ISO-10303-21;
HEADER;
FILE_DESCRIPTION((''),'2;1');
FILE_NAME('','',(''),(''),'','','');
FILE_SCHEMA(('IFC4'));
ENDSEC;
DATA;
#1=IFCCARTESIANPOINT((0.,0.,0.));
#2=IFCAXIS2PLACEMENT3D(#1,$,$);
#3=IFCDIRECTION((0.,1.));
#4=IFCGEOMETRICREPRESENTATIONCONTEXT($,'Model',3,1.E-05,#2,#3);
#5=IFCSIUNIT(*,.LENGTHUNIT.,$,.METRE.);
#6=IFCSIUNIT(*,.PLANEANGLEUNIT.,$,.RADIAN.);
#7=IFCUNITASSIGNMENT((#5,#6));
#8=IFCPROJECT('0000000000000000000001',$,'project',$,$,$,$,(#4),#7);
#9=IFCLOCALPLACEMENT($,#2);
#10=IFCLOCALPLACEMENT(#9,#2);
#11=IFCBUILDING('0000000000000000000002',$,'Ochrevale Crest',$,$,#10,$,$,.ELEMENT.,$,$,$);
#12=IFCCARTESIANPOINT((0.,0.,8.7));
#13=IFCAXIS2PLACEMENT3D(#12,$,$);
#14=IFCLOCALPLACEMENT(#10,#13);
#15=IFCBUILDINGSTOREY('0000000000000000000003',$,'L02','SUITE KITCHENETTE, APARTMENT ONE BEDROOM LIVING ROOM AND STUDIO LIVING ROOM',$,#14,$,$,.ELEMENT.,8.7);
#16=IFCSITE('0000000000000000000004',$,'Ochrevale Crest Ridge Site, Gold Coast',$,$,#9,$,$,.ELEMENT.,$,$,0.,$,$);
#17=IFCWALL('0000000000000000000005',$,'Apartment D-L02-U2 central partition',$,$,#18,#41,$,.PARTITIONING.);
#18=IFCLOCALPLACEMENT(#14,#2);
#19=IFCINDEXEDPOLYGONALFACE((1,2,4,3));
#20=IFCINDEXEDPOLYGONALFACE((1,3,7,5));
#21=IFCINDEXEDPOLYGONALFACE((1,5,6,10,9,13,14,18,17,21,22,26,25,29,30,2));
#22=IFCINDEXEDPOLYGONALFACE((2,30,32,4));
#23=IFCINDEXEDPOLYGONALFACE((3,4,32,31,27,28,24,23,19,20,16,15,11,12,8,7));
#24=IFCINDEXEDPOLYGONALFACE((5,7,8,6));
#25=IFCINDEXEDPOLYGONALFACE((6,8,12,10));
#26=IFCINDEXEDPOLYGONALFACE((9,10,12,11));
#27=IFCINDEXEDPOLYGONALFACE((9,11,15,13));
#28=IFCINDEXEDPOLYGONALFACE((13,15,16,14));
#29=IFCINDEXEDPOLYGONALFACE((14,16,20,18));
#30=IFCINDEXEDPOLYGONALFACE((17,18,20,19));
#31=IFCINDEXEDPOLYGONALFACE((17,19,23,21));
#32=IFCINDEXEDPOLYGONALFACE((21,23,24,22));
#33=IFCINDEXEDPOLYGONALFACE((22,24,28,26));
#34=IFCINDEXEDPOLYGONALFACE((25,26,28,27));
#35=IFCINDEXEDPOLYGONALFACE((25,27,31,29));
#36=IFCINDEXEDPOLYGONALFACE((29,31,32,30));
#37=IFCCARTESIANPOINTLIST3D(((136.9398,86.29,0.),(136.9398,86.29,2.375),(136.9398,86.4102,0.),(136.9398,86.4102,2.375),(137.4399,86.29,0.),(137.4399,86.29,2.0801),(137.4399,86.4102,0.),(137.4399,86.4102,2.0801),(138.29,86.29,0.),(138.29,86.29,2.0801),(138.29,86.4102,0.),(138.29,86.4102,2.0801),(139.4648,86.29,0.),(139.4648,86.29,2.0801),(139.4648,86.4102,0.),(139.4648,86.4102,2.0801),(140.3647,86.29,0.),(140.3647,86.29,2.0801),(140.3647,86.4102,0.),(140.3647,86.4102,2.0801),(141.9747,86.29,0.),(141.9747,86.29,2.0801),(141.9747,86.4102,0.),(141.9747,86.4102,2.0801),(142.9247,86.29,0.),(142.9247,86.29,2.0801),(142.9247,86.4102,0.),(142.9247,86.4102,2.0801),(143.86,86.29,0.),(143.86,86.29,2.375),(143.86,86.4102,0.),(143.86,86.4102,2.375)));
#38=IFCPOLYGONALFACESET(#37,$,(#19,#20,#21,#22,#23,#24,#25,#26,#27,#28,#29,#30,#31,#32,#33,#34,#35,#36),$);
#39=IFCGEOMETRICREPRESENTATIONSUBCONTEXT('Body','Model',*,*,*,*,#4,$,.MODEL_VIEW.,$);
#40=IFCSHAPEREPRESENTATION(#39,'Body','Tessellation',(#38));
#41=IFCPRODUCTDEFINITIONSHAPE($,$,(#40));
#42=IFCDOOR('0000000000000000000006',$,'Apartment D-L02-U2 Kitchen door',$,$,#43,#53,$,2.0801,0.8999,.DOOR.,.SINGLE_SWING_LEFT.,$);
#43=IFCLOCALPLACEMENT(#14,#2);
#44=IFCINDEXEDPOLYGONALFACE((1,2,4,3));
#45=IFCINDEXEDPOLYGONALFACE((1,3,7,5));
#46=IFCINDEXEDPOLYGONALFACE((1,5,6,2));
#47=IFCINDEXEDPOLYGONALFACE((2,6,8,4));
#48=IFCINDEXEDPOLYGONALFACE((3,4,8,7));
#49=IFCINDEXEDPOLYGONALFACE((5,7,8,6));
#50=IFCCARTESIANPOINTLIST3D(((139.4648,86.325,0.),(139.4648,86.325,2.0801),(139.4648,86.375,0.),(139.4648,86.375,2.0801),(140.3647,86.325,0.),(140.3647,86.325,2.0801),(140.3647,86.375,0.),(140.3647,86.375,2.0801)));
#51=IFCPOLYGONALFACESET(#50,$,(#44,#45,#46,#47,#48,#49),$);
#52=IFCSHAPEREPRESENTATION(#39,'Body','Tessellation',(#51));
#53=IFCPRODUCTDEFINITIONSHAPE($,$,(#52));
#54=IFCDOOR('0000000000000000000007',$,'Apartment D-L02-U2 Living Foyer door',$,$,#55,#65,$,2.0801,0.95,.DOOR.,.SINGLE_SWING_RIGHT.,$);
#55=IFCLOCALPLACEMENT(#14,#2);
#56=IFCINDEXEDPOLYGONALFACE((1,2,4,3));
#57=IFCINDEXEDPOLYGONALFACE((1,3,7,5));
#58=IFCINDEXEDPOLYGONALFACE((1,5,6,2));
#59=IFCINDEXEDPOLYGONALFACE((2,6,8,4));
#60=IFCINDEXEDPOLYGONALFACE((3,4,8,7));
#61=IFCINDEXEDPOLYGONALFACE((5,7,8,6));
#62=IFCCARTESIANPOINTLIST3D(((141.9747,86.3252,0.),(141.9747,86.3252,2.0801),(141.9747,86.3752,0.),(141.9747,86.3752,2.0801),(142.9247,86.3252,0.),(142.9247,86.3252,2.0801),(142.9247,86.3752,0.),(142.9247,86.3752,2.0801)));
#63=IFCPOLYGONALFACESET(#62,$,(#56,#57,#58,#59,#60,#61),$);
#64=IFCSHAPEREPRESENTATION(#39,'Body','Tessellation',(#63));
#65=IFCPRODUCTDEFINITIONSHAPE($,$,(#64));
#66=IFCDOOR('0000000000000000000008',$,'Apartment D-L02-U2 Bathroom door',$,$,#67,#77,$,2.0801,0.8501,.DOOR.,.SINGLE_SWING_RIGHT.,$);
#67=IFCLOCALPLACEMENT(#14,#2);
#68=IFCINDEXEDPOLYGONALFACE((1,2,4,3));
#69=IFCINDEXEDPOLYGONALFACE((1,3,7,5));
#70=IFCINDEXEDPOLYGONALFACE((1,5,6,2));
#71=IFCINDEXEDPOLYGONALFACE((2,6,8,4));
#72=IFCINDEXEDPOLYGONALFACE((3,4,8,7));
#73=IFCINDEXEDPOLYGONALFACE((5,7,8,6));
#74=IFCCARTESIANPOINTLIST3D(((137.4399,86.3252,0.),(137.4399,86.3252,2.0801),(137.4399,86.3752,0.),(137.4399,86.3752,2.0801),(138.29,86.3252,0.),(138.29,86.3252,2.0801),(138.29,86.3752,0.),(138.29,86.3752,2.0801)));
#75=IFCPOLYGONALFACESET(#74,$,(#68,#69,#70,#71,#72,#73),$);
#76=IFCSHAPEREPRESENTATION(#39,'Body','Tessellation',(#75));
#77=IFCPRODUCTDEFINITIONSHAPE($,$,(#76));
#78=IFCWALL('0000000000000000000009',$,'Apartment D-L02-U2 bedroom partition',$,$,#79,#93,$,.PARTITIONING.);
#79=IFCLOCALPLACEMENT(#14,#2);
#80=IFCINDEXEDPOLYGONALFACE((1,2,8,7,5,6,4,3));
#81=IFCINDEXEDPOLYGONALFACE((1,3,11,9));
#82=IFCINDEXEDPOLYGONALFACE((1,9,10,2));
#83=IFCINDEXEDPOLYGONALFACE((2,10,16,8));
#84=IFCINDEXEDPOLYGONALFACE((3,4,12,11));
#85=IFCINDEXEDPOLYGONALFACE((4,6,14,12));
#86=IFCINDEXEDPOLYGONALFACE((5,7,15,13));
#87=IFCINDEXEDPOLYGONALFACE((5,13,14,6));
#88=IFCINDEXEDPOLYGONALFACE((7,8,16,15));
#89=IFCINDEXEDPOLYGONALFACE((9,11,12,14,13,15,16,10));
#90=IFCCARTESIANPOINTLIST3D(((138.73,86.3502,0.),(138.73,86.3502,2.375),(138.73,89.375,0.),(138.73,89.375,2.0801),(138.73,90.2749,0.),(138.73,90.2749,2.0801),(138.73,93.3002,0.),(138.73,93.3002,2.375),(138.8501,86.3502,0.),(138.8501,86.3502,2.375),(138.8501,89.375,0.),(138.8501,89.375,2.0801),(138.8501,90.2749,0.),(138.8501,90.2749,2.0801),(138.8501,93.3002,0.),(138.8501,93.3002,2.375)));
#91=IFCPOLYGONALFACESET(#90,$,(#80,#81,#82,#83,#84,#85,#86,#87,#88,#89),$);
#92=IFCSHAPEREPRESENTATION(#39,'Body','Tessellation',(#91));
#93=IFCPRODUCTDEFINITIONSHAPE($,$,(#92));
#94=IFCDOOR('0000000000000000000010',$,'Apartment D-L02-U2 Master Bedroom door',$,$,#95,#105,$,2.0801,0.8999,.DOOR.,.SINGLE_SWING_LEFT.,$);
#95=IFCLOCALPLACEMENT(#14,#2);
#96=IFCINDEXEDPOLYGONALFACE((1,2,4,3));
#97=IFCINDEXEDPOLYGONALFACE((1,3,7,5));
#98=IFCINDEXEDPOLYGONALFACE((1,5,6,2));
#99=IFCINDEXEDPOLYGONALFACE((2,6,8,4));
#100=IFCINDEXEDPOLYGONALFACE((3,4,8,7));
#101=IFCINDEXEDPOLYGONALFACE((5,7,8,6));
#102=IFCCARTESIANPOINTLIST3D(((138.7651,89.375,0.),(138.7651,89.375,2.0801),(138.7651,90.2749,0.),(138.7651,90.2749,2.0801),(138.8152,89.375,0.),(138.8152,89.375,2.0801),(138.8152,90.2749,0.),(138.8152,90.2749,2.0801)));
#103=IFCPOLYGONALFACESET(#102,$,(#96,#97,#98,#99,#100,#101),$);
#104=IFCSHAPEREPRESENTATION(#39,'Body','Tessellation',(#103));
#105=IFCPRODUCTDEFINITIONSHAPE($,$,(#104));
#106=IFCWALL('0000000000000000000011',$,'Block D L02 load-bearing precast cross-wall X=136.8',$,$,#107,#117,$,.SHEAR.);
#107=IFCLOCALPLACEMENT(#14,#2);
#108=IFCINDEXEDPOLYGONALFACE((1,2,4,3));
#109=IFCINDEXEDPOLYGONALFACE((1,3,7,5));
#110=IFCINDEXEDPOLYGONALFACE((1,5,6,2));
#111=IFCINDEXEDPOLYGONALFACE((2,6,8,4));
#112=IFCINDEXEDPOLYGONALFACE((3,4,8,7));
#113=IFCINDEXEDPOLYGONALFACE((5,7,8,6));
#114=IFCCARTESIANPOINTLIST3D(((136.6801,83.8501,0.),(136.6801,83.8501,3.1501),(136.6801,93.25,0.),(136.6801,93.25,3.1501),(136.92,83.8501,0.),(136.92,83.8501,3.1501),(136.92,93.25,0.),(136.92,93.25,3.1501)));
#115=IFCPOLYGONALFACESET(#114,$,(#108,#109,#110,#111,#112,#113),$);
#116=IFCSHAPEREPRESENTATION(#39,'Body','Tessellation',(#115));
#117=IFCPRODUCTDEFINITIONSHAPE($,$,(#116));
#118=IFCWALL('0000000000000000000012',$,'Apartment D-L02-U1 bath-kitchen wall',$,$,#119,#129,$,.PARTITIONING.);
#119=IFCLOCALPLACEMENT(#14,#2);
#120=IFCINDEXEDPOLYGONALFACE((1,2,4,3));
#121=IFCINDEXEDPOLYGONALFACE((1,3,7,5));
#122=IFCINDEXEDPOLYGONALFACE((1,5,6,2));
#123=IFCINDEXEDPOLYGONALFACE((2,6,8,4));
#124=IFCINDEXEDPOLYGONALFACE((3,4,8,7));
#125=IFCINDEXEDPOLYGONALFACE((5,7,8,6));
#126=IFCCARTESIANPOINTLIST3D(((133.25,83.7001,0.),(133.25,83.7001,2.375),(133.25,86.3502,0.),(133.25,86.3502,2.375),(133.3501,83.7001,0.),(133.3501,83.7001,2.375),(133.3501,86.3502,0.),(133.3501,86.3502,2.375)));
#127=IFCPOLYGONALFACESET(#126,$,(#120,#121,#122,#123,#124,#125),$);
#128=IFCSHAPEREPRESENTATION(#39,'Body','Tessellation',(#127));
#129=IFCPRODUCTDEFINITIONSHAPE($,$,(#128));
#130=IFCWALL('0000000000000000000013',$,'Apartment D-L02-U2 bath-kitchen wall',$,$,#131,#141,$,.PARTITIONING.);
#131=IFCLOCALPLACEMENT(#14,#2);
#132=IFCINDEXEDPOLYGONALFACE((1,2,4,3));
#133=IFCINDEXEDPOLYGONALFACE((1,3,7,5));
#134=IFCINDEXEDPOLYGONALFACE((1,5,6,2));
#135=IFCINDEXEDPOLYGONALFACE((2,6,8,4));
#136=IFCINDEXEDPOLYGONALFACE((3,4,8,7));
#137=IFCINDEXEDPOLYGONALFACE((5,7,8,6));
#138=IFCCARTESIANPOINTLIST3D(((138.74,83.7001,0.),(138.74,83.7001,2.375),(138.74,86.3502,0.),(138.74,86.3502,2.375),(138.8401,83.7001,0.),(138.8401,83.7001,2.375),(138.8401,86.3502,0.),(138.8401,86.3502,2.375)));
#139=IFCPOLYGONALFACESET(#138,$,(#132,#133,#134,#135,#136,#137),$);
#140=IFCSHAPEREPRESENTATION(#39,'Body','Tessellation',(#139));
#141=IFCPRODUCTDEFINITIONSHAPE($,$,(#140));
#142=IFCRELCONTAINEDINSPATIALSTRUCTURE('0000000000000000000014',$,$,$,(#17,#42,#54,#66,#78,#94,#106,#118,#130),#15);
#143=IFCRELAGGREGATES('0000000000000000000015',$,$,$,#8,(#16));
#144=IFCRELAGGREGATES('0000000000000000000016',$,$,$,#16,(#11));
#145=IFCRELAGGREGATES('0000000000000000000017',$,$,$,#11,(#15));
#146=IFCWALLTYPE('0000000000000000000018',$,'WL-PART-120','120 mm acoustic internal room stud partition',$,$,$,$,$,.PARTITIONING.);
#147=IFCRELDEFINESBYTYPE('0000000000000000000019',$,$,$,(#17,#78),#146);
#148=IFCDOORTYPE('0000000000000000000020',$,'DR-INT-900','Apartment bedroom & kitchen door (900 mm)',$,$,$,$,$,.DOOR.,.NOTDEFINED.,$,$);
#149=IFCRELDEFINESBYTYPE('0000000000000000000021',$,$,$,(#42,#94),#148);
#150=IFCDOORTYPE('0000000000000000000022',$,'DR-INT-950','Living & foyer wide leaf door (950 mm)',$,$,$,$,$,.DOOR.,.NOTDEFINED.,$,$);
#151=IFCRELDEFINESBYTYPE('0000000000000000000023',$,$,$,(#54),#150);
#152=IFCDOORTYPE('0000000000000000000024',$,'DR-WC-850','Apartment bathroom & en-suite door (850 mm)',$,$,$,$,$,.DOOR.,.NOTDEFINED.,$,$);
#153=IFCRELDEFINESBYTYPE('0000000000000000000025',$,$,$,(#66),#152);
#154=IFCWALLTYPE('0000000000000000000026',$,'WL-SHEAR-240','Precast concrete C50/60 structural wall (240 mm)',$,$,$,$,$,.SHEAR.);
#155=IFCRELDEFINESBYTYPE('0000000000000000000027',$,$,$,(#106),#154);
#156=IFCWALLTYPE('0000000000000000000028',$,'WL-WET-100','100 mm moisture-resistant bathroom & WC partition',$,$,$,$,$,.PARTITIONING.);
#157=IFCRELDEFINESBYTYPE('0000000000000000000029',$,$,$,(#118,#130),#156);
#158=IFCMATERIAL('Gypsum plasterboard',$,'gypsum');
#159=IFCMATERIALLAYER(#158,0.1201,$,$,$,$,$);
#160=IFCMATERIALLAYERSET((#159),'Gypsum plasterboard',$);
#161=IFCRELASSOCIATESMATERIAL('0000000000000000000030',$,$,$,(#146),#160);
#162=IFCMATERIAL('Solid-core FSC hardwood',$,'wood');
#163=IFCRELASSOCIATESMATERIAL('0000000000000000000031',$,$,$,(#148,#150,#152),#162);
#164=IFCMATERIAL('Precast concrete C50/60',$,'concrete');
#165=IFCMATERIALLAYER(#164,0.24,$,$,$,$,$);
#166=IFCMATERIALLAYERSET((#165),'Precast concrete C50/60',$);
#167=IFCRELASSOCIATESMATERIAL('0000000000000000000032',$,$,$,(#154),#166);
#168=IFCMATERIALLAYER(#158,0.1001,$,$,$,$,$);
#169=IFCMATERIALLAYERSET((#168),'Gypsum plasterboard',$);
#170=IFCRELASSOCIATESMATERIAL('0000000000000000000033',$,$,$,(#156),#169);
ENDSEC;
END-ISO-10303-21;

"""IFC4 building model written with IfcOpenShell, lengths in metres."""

from ifc_helpers import new_model, si_unit, direction, frame, frame_2d, origin, place, context, subcontext, project, spatial, rectangle, extrude, material, layer, layer_set, type_object, element, fill, save


model = new_model("IFC4")

# Units and contexts
model_context = context("Model", 3, precision=1e-05, world=origin(), true_north=direction((0.0, 1.0)))
body_context = subcontext(model_context, "Body", "Model", "MODEL_VIEW")
ifc_project = project(units=[si_unit("LENGTHUNIT", "METRE"), si_unit("PLANEANGLEUNIT", "RADIAN")], contexts=[model_context])

# Site, building, storey
site_placement = place(None, origin())
site = spatial("IfcSite", under=ifc_project, at=site_placement, Name="Ochrevale Crest Ridge Site, Gold Coast", CompositionType="ELEMENT", RefElevation=0.0)
building_placement = place(site_placement, origin())
building = spatial("IfcBuilding", under=site, at=building_placement, Name="Ochrevale Crest", CompositionType="ELEMENT")
storey_placement = place(building_placement, frame((0.0, 0.0, 8.7)))
storey = spatial("IfcBuildingStorey", under=building, at=storey_placement, Name="L02", Description="SUITE KITCHENETTE, APARTMENT ONE BEDROOM LIVING ROOM AND STUDIO LIVING ROOM", CompositionType="ELEMENT", Elevation=8.7)

# Shared definitions
ifc_material_1 = material(Name="Precast concrete C50/60", Category="concrete")

# Shared definitions
ifc_material_2 = material(Name="Gypsum plasterboard", Category="gypsum")
ifc_material_3 = material(Name="Solid-core FSC hardwood", Category="wood")

# Shared definitions
ifc_layer_1 = layer(ifc_material_2, 0.1201)
ifc_layer_set_1 = layer_set([ifc_layer_1], Name="Gypsum plasterboard")
wall_type_1 = type_object("IfcWallType", Name="WL-PART-120", Description="120 mm acoustic internal room stud partition", PredefinedType="PARTITIONING", material=ifc_layer_set_1)

# Shared definitions
door_type_1 = type_object("IfcDoorType", Name="DR-INT-900", Description="Apartment bedroom & kitchen door (900 mm)", OperationType="NOTDEFINED", PredefinedType="DOOR", material=ifc_material_3)

# Wall, openings, doors
wall_1_placement = place(storey_placement, frame((136.9399, 86.3501, 0.0), z_axis=(0.0, 0.0, 1.0), x_axis=(1.0, 0.0, 0.0)))
wall_1 = element("IfcWall", 1, at=wall_1_placement, inside=storey, type_object=wall_type_1, Name="Apartment D-L02-U2 central partition", PredefinedType="PARTITIONING", context=body_context, shape_type="SweptSolid", body=[
    extrude(rectangle(XDim=6.9202, YDim=0.1201, at=frame_2d((3.46, 0.0))), origin(), (0.0, 0.0, 1.0), 2.375),
])
opening_1_placement = place(wall_1_placement, frame((1.3501, 0.0, 0.0), z_axis=(0.0, 0.0, 1.0), x_axis=(-1.0, 0.0, 0.0)))
opening_1 = element("IfcOpeningElement", 2, at=opening_1_placement, cuts=wall_1, PredefinedType="OPENING", context=body_context, shape_type="SweptSolid", body=[
    extrude(rectangle(XDim=0.8501, YDim=2.0801, at=frame_2d((0.425, 1.04))), frame((0.0, 0.0701, 0.0), z_axis=(0.0, -1.0, 0.0), x_axis=(1.0, 0.0, 0.0)), (0.0, 0.0, 1.0), 0.1401),
])
opening_2_placement = place(wall_1_placement, frame((2.5249, 0.0, 0.0)))
opening_2 = element("IfcOpeningElement", 3, at=opening_2_placement, cuts=wall_1, PredefinedType="OPENING", context=body_context, shape_type="SweptSolid", body=[
    extrude(rectangle(XDim=0.8999, YDim=2.0801, at=frame_2d((0.45, 1.04))), frame((0.0, 0.0701, 0.0), z_axis=(0.0, -1.0, 0.0), x_axis=(1.0, 0.0, 0.0)), (0.0, 0.0, 1.0), 0.1401),
])
opening_3_placement = place(wall_1_placement, frame((5.9849, 0.0, 0.0), z_axis=(0.0, 0.0, 1.0), x_axis=(-1.0, 0.0, 0.0)))
opening_3 = element("IfcOpeningElement", 4, at=opening_3_placement, cuts=wall_1, PredefinedType="OPENING", context=body_context, shape_type="SweptSolid", body=[
    extrude(rectangle(XDim=0.95, YDim=2.0801, at=frame_2d((0.4751, 1.04))), frame((0.0, 0.0701, 0.0), z_axis=(0.0, -1.0, 0.0), x_axis=(1.0, 0.0, 0.0)), (0.0, 0.0, 1.0), 0.1401),
])
door_1_placement = place(opening_2_placement, origin())
door_1 = element("IfcDoor", 5, at=door_1_placement, inside=storey, type_object=door_type_1, Name="Apartment D-L02-U2 Kitchen door", OperationType="SINGLE_SWING_LEFT", OverallHeight=2.0801, OverallWidth=0.8999, PredefinedType="DOOR", context=body_context, shape_type="SweptSolid", body=[
    extrude(rectangle(XDim=0.8999, YDim=2.0801, at=frame_2d((0.45, 1.04))), frame((0.0, 0.0249, 0.0), z_axis=(0.0, -1.0, 0.0), x_axis=(1.0, 0.0, 0.0)), (0.0, 0.0, 1.0), 0.05),
])
fill(opening_2, door_1)
door_type_2 = type_object("IfcDoorType", Name="DR-INT-950", Description="Living & foyer wide leaf door (950 mm)", OperationType="NOTDEFINED", PredefinedType="DOOR", material=ifc_material_3)
door_2_placement = place(opening_3_placement, origin())
door_2 = element("IfcDoor", 6, at=door_2_placement, inside=storey, type_object=door_type_2, Name="Apartment D-L02-U2 Living Foyer door", OperationType="SINGLE_SWING_RIGHT", OverallHeight=2.0801, OverallWidth=0.95, PredefinedType="DOOR", context=body_context, shape_type="SweptSolid", body=[
    extrude(rectangle(XDim=0.95, YDim=2.0801, at=frame_2d((0.4751, 1.04))), frame((0.0, 0.0249, 0.0), z_axis=(0.0, -1.0, 0.0), x_axis=(1.0, 0.0, 0.0)), (0.0, 0.0, 1.0), 0.05),
])
fill(opening_3, door_2)
door_type_3 = type_object("IfcDoorType", Name="DR-WC-850", Description="Apartment bathroom & en-suite door (850 mm)", OperationType="NOTDEFINED", PredefinedType="DOOR", material=ifc_material_3)
door_3_placement = place(opening_1_placement, origin())
door_3 = element("IfcDoor", 7, at=door_3_placement, inside=storey, type_object=door_type_3, Name="Apartment D-L02-U2 Bathroom door", OperationType="SINGLE_SWING_RIGHT", OverallHeight=2.0801, OverallWidth=0.8501, PredefinedType="DOOR", context=body_context, shape_type="SweptSolid", body=[
    extrude(rectangle(XDim=0.8501, YDim=2.0801, at=frame_2d((0.425, 1.04))), frame((0.0, 0.0249, 0.0), z_axis=(0.0, -1.0, 0.0), x_axis=(1.0, 0.0, 0.0)), (0.0, 0.0, 1.0), 0.05),
])
fill(opening_1, door_3)

# Wall, opening, door
wall_2_placement = place(storey_placement, frame((138.79, 86.3501, 0.0), z_axis=(0.0, 0.0, 1.0), x_axis=(0.0, 1.0, 0.0)))
wall_2 = element("IfcWall", 8, at=wall_2_placement, inside=storey, type_object=wall_type_1, Name="Apartment D-L02-U2 bedroom partition", PredefinedType="PARTITIONING", context=body_context, shape_type="SweptSolid", body=[
    extrude(rectangle(XDim=6.95, YDim=0.1201, at=frame_2d((3.4751, 0.0))), origin(), (0.0, 0.0, 1.0), 2.375),
])
opening_4_placement = place(wall_2_placement, frame((3.0249, 0.0, 0.0)))
opening_4 = element("IfcOpeningElement", 9, at=opening_4_placement, cuts=wall_2, PredefinedType="OPENING", context=body_context, shape_type="SweptSolid", body=[
    extrude(rectangle(XDim=0.8999, YDim=2.0801, at=frame_2d((0.45, 1.04))), frame((0.0, 0.0701, 0.0), z_axis=(0.0, -1.0, 0.0), x_axis=(1.0, 0.0, 0.0)), (0.0, 0.0, 1.0), 0.1401),
])
door_4_placement = place(opening_4_placement, origin())
door_4 = element("IfcDoor", 10, at=door_4_placement, inside=storey, type_object=door_type_1, Name="Apartment D-L02-U2 Master Bedroom door", OperationType="SINGLE_SWING_LEFT", OverallHeight=2.0801, OverallWidth=0.8999, PredefinedType="DOOR", context=body_context, shape_type="SweptSolid", body=[
    extrude(rectangle(XDim=0.8999, YDim=2.0801, at=frame_2d((0.45, 1.04))), frame((0.0, 0.0249, 0.0), z_axis=(0.0, -1.0, 0.0), x_axis=(1.0, 0.0, 0.0)), (0.0, 0.0, 1.0), 0.05),
])
fill(opening_4, door_4)

# Walls
ifc_layer_2 = layer(ifc_material_1, 0.24)
ifc_layer_set_2 = layer_set([ifc_layer_2], Name="Precast concrete C50/60")
wall_type_2 = type_object("IfcWallType", Name="WL-SHEAR-240", Description="Precast concrete C50/60 structural wall (240 mm)", PredefinedType="SHEAR", material=ifc_layer_set_2)
wall_3_placement = place(storey_placement, frame((136.8, 83.8501, 0.0), z_axis=(0.0, 0.0, 1.0), x_axis=(0.0, 1.0, 0.0)))
element("IfcWall", 11, at=wall_3_placement, inside=storey, type_object=wall_type_2, Name="Block D L02 load-bearing precast cross-wall X=136.8", PredefinedType="SHEAR", context=body_context, shape_type="SweptSolid", body=[
    extrude(rectangle(XDim=9.3999, YDim=0.24, at=frame_2d((4.7, 0.0))), origin(), (0.0, 0.0, 1.0), 3.1501),
])
ifc_layer_3 = layer(ifc_material_2, 0.1001)
ifc_layer_set_3 = layer_set([ifc_layer_3], Name="Gypsum plasterboard")
wall_type_3 = type_object("IfcWallType", Name="WL-WET-100", Description="100 mm moisture-resistant bathroom & WC partition", PredefinedType="PARTITIONING", material=ifc_layer_set_3)
for number, where, z_axis, x_axis, name in (
    (12, (133.3, 83.7, 0.0), (0.0, 0.0, 1.0), (0.0, 1.0, 0.0), "Apartment D-L02-U1 bath-kitchen wall"),
    (13, (138.79, 83.7, 0.0), (0.0, 0.0, 1.0), (0.0, 1.0, 0.0), "Apartment D-L02-U2 bath-kitchen wall"),
):
    element("IfcWall", number, at=place(storey_placement, frame(where, z_axis=z_axis, x_axis=x_axis)), inside=storey, type_object=wall_type_3, Name=name, PredefinedType="PARTITIONING", context=body_context, shape_type="SweptSolid", body=[
        extrude(rectangle(XDim=2.6501, YDim=0.1001, at=frame_2d((1.3252, 0.0))), origin(), (0.0, 0.0, 1.0), 2.375),
    ])

save(model, "model.ifc")
